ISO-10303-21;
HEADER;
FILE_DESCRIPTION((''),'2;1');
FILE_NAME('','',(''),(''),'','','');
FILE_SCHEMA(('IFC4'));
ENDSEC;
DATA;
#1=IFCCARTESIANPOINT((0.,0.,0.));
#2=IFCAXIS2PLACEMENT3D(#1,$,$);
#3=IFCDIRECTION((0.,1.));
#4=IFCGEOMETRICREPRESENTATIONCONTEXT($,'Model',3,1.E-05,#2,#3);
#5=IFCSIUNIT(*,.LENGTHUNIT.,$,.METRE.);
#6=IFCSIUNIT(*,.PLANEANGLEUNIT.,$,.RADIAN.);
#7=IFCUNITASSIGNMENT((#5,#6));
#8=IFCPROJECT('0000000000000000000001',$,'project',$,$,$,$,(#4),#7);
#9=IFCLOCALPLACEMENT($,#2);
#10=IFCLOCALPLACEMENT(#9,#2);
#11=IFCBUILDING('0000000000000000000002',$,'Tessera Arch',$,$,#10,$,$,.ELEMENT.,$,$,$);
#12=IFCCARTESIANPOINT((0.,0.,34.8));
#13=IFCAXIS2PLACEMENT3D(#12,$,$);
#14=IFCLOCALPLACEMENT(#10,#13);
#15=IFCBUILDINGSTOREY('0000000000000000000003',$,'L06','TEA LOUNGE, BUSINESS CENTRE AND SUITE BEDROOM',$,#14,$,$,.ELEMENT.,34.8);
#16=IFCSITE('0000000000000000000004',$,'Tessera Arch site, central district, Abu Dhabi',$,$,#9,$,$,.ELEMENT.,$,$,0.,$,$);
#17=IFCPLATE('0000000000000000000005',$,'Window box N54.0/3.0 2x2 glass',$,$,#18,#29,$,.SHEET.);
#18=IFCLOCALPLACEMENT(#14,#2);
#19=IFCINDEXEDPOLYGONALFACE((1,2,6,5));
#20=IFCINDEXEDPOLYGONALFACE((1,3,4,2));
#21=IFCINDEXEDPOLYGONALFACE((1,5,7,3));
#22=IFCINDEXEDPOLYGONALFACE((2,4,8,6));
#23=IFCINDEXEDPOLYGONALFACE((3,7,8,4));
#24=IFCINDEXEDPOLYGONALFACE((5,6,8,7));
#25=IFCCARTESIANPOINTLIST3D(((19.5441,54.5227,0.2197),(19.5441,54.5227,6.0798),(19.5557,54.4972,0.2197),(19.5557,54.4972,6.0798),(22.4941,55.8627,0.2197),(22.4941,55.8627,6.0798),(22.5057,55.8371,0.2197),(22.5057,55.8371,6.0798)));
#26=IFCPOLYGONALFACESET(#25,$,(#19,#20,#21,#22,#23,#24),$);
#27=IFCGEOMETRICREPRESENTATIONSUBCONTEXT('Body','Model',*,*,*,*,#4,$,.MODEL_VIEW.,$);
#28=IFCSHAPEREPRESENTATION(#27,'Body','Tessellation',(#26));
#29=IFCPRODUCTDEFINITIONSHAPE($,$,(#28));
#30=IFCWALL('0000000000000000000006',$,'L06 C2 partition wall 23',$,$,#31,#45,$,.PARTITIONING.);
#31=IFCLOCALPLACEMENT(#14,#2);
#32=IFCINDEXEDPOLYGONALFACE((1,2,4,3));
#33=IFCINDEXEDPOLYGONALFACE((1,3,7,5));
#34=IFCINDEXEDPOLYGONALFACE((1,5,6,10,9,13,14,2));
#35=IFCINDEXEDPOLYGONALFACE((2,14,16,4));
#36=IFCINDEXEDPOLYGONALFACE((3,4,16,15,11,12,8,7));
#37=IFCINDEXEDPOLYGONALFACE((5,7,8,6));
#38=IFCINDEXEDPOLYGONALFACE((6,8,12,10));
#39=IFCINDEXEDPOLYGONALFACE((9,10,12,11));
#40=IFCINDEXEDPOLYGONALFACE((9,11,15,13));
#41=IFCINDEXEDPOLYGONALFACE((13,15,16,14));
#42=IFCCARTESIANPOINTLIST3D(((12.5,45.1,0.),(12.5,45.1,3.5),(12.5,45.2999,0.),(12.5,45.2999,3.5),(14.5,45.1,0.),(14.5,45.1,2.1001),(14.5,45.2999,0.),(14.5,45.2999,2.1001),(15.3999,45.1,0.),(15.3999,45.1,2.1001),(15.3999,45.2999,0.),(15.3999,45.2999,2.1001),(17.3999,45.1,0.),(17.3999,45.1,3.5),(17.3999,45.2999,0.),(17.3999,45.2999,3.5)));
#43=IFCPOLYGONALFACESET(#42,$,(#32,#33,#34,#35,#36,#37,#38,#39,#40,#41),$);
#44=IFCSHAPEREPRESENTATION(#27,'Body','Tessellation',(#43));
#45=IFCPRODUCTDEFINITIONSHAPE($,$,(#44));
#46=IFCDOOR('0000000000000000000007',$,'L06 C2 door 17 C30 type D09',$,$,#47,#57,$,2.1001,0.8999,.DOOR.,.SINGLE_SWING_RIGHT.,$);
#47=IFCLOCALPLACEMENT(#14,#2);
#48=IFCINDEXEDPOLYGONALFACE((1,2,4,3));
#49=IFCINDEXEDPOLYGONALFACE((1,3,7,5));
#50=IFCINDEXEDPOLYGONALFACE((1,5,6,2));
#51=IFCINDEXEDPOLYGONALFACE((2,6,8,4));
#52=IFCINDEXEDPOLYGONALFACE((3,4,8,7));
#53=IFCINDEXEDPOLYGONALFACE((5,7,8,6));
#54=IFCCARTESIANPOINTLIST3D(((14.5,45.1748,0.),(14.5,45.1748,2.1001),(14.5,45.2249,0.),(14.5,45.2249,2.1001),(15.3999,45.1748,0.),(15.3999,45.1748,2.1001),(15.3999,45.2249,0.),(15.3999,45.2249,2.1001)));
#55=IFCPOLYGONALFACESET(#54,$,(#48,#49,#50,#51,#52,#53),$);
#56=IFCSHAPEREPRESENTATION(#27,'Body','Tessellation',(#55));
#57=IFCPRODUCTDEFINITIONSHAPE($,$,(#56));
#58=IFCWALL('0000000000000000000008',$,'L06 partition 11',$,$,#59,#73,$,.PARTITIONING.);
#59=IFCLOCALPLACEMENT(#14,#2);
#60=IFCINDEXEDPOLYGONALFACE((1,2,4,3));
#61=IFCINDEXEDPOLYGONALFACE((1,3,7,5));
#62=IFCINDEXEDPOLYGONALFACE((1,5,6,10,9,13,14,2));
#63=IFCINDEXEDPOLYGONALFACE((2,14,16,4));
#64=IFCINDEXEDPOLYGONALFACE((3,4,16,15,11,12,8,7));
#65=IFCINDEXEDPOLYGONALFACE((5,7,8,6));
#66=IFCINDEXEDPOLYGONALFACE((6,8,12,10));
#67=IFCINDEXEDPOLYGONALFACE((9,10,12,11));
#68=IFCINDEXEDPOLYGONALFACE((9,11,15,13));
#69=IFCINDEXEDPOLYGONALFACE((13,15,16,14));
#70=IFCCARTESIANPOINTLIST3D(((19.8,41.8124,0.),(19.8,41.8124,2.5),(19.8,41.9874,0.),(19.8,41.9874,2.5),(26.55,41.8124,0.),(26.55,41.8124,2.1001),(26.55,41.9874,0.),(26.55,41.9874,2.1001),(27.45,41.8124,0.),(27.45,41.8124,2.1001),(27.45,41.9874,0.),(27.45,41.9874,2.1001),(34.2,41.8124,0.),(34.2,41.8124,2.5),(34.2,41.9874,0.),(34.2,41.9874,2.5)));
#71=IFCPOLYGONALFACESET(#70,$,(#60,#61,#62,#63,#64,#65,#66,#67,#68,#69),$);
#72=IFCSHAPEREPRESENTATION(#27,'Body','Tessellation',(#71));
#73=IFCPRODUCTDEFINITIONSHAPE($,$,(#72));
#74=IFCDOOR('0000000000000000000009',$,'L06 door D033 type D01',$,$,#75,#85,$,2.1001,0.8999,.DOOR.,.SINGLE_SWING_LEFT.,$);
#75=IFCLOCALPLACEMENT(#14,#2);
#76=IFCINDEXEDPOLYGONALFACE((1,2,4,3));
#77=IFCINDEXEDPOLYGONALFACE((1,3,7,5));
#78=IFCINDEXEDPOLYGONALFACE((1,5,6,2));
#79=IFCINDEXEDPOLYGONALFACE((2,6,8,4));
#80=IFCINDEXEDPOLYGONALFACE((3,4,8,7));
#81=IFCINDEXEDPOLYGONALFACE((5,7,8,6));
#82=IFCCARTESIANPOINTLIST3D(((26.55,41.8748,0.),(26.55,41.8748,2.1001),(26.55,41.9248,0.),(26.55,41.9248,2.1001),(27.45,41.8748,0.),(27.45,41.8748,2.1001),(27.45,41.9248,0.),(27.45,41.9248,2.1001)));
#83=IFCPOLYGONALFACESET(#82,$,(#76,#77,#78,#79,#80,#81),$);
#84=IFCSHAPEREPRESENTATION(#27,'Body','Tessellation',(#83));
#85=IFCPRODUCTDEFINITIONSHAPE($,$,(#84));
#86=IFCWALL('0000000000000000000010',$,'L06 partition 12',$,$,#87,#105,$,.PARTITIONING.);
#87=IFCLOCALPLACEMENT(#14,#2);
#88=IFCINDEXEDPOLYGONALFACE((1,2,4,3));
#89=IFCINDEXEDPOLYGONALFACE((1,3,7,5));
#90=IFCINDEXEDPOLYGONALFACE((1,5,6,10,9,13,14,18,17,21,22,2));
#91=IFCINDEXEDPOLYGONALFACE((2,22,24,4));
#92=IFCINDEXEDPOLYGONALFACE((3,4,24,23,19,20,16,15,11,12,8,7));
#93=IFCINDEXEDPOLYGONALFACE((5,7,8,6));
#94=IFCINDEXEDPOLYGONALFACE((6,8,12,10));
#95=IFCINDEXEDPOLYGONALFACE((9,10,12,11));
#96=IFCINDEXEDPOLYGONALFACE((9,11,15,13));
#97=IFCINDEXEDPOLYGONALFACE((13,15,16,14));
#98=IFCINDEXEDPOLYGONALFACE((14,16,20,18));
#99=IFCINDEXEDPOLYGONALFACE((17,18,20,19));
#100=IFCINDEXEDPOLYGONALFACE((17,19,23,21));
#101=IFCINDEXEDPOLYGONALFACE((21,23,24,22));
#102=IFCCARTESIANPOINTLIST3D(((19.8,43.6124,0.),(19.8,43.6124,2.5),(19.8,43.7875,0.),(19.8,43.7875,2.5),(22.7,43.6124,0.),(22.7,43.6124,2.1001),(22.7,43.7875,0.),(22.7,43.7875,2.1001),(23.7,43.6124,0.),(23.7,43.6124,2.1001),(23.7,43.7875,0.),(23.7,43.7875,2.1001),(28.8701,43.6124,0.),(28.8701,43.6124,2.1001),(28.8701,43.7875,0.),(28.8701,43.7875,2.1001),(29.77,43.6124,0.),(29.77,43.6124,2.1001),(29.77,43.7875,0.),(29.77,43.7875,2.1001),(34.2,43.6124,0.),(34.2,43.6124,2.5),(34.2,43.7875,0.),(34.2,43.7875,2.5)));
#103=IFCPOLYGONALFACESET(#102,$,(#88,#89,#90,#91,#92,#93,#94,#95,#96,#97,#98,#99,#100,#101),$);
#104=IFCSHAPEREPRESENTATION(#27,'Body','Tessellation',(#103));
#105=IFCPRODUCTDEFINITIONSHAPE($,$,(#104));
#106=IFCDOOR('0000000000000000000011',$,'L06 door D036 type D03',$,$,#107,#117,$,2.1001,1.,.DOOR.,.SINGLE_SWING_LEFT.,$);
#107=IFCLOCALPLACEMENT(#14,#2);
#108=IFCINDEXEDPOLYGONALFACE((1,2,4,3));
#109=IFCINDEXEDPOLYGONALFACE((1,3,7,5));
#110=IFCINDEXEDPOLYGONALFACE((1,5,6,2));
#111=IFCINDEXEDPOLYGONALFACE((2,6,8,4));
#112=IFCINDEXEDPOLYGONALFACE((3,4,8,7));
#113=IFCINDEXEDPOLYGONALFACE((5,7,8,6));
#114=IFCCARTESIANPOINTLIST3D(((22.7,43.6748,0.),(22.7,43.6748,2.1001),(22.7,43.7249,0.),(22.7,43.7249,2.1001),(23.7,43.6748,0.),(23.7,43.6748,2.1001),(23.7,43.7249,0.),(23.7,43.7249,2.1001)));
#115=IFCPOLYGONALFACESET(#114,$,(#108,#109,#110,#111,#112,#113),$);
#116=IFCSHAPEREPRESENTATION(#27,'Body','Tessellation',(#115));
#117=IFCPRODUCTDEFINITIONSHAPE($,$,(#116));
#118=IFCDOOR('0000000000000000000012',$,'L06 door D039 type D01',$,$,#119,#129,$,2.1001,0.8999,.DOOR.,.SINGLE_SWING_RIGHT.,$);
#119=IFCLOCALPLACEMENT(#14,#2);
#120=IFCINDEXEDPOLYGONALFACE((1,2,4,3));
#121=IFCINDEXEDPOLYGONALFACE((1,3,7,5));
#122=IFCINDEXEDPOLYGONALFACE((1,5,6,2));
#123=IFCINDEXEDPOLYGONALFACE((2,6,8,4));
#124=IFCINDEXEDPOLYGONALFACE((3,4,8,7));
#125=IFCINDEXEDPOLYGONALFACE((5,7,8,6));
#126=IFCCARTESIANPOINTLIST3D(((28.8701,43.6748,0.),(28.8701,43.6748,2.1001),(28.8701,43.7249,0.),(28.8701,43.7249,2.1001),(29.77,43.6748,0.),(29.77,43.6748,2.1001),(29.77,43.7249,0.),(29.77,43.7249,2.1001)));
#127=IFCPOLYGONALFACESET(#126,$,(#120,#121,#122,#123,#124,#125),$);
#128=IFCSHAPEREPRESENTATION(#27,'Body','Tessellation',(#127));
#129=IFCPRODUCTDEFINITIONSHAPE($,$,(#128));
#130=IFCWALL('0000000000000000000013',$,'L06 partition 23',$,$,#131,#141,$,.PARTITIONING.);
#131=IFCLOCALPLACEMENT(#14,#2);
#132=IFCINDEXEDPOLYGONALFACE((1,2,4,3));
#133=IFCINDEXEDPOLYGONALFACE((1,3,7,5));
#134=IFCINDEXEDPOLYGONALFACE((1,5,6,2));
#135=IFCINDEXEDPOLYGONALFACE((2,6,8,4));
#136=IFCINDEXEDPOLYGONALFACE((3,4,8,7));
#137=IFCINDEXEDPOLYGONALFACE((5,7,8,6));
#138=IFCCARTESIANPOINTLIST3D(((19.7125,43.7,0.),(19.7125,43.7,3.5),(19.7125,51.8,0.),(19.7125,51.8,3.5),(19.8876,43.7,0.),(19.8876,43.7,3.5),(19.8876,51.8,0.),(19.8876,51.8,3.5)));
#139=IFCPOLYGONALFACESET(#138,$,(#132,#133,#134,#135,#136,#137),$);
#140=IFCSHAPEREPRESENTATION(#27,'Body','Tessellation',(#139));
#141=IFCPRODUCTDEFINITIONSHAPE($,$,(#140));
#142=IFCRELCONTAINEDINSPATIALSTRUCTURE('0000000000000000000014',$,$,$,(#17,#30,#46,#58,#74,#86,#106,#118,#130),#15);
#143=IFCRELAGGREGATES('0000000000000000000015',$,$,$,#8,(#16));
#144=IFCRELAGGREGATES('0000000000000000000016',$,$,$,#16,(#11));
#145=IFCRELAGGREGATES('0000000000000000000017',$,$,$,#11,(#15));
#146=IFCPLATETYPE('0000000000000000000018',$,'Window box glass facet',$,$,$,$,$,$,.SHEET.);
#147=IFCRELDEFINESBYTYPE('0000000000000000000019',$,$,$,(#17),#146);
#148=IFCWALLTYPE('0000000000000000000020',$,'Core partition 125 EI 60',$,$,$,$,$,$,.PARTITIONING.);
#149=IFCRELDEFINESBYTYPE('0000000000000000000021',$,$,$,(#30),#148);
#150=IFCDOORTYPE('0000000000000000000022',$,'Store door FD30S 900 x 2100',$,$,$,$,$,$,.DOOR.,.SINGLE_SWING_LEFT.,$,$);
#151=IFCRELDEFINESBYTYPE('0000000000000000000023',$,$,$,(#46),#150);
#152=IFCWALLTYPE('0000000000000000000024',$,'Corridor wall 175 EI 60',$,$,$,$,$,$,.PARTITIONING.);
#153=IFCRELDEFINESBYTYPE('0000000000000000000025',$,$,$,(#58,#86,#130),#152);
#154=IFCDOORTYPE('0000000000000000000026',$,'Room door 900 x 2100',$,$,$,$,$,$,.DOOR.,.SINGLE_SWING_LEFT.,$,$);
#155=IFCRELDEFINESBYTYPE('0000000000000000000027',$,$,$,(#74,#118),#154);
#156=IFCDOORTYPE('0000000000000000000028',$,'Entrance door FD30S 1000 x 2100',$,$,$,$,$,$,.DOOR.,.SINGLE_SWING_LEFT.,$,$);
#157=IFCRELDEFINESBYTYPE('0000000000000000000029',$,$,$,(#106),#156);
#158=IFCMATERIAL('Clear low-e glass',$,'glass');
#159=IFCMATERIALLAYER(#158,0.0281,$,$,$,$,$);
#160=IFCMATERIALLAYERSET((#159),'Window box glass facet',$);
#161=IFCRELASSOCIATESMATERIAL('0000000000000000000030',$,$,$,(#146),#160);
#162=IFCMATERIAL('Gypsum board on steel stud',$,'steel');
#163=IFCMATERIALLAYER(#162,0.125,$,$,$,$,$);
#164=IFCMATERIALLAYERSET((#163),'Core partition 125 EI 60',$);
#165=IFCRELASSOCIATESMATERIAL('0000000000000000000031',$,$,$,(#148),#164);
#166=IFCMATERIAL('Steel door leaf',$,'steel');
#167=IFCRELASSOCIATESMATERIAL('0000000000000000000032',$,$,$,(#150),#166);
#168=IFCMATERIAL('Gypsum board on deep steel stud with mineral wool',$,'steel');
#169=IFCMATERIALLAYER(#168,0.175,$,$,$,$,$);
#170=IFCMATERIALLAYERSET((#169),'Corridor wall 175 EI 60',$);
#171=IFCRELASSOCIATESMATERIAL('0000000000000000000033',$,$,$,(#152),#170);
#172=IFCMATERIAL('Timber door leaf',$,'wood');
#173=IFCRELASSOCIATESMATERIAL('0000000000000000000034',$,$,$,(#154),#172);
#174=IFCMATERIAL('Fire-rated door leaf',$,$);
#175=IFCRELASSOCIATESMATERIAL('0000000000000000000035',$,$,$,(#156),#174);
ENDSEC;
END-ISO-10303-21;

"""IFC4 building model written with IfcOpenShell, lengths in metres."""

from ifc_helpers import new_model, si_unit, direction, frame, frame_2d, origin, origin_2d, place, context, subcontext, project, spatial, rectangle, extrude, material, layer, layer_set, type_object, element, fill, save


model = new_model("IFC4")

# Units and contexts
model_context = context("Model", 3, precision=1e-05, world=origin(), true_north=direction((0.0, 1.0)))
body_context = subcontext(model_context, "Body", "Model", "MODEL_VIEW")
ifc_project = project(units=[si_unit("LENGTHUNIT", "METRE"), si_unit("PLANEANGLEUNIT", "RADIAN")], contexts=[model_context])

# Site, building, storey
site_placement = place(None, origin())
site = spatial("IfcSite", under=ifc_project, at=site_placement, Name="Tessera Arch site, central district, Abu Dhabi", CompositionType="ELEMENT", RefElevation=0.0)
building_placement = place(site_placement, origin())
building = spatial("IfcBuilding", under=site, at=building_placement, Name="Tessera Arch", CompositionType="ELEMENT")
storey_placement = place(building_placement, frame((0.0, 0.0, 34.8)))
storey = spatial("IfcBuildingStorey", under=building, at=storey_placement, Name="L06", Description="TEA LOUNGE, BUSINESS CENTRE AND SUITE BEDROOM", CompositionType="ELEMENT", Elevation=34.8)

# Plate
ifc_material_1 = material(Name="Clear low-e glass", Category="glass")
ifc_layer_1 = layer(ifc_material_1, 0.0281)
ifc_layer_set_1 = layer_set([ifc_layer_1], Name="Window box glass facet")
plate_type_1 = type_object("IfcPlateType", Name="Window box glass facet", PredefinedType="SHEET", material=ifc_layer_set_1)
plate_1_placement = place(storey_placement, frame((21.0249, 55.1799, 0.2197), z_axis=(0.0, 0.0, 1.0), x_axis=(0.910472, 0.41357, 0.0)))
element("IfcPlate", 1, at=plate_1_placement, inside=storey, type_object=plate_type_1, Name="Window box N54.0/3.0 2x2 glass", PredefinedType="SHEET", context=body_context, shape_type="SweptSolid", body=[
    extrude(rectangle(XDim=3.24, YDim=0.0281, at=origin_2d()), origin(), (0.0, 0.0, 1.0), 5.8601),
])

# Walls, openings, doors
ifc_material_2 = material(Name="Gypsum board on steel stud", Category="steel")
ifc_layer_2 = layer(ifc_material_2, 0.125)
ifc_layer_set_2 = layer_set([ifc_layer_2], Name="Core partition 125 EI 60")
wall_type_1 = type_object("IfcWallType", Name="Core partition 125 EI 60", PredefinedType="PARTITIONING", material=ifc_layer_set_2)
wall_1_placement = place(storey_placement, frame((12.5, 45.2, 0.0), z_axis=(0.0, 0.0, 1.0), x_axis=(1.0, 0.0, 0.0)))
wall_1 = element("IfcWall", 2, at=wall_1_placement, inside=storey, type_object=wall_type_1, Name="L06 C2 partition wall 23", PredefinedType="PARTITIONING", context=body_context, shape_type="SweptSolid", body=[
    extrude(rectangle(XDim=4.8999, YDim=0.2, at=frame_2d((2.45, 0.0))), origin(), (0.0, 0.0, 1.0), 3.5),
])
opening_1_placement = place(wall_1_placement, frame((2.0, 0.0, 0.0)))
opening_1 = element("IfcOpeningElement", 3, at=opening_1_placement, cuts=wall_1, PredefinedType="OPENING", context=body_context, shape_type="SweptSolid", body=[
    extrude(rectangle(XDim=0.8999, YDim=2.1001, at=frame_2d((0.45, 1.05))), frame((0.0, 0.1099, 0.0), z_axis=(0.0, -1.0, 0.0), x_axis=(1.0, 0.0, 0.0)), (0.0, 0.0, 1.0), 0.22),
])
ifc_material_3 = material(Name="Steel door leaf", Category="steel")
door_type_1 = type_object("IfcDoorType", Name="Store door FD30S 900 x 2100", OperationType="SINGLE_SWING_LEFT", PredefinedType="DOOR", material=ifc_material_3)
door_1_placement = place(opening_1_placement, origin())
door_1 = element("IfcDoor", 4, at=door_1_placement, inside=storey, type_object=door_type_1, Name="L06 C2 door 17 C30 type D09", OperationType="SINGLE_SWING_RIGHT", OverallHeight=2.1001, OverallWidth=0.8999, PredefinedType="DOOR", context=body_context, shape_type="SweptSolid", body=[
    extrude(rectangle(XDim=0.8999, YDim=2.1001, at=frame_2d((0.45, 1.05))), frame((0.0, 0.0249, 0.0), z_axis=(0.0, -1.0, 0.0), x_axis=(1.0, 0.0, 0.0)), (0.0, 0.0, 1.0), 0.05),
])
fill(opening_1, door_1)
ifc_material_4 = material(Name="Gypsum board on deep steel stud with mineral wool", Category="steel")
ifc_layer_3 = layer(ifc_material_4, 0.175)
ifc_layer_set_3 = layer_set([ifc_layer_3], Name="Corridor wall 175 EI 60")
wall_type_2 = type_object("IfcWallType", Name="Corridor wall 175 EI 60", PredefinedType="PARTITIONING", material=ifc_layer_set_3)
wall_2_placement = place(storey_placement, frame((19.8, 41.8999, 0.0), z_axis=(0.0, 0.0, 1.0), x_axis=(1.0, 0.0, 0.0)))
wall_2 = element("IfcWall", 5, at=wall_2_placement, inside=storey, type_object=wall_type_2, Name="L06 partition 11", PredefinedType="PARTITIONING", context=body_context, shape_type="SweptSolid", body=[
    extrude(rectangle(XDim=14.3999, YDim=0.175, at=frame_2d((7.2, 0.0))), origin(), (0.0, 0.0, 1.0), 2.5),
])
opening_2_placement = place(wall_2_placement, frame((6.75, 0.0, 0.0)))
opening_2 = element("IfcOpeningElement", 6, at=opening_2_placement, cuts=wall_2, PredefinedType="OPENING", context=body_context, shape_type="SweptSolid", body=[
    extrude(rectangle(XDim=0.8999, YDim=2.1001, at=frame_2d((0.45, 1.05))), frame((0.0, 0.0974, 0.0), z_axis=(0.0, -1.0, 0.0), x_axis=(1.0, 0.0, 0.0)), (0.0, 0.0, 1.0), 0.1951),
])
ifc_material_5 = material(Name="Timber door leaf", Category="wood")
door_type_2 = type_object("IfcDoorType", Name="Room door 900 x 2100", OperationType="SINGLE_SWING_LEFT", PredefinedType="DOOR", material=ifc_material_5)
door_2_placement = place(opening_2_placement, origin())
door_2 = element("IfcDoor", 7, at=door_2_placement, inside=storey, type_object=door_type_2, Name="L06 door D033 type D01", OperationType="SINGLE_SWING_LEFT", OverallHeight=2.1001, OverallWidth=0.8999, PredefinedType="DOOR", context=body_context, shape_type="SweptSolid", body=[
    extrude(rectangle(XDim=0.8999, YDim=2.1001, at=frame_2d((0.45, 1.05))), frame((0.0, 0.0249, 0.0), z_axis=(0.0, -1.0, 0.0), x_axis=(1.0, 0.0, 0.0)), (0.0, 0.0, 1.0), 0.05),
])
fill(opening_2, door_2)

# Wall, openings, doors
wall_3_placement = place(storey_placement, frame((19.8, 43.7, 0.0), z_axis=(0.0, 0.0, 1.0), x_axis=(1.0, 0.0, 0.0)))
wall_3 = element("IfcWall", 8, at=wall_3_placement, inside=storey, type_object=wall_type_2, Name="L06 partition 12", PredefinedType="PARTITIONING", context=body_context, shape_type="SweptSolid", body=[
    extrude(rectangle(XDim=14.3999, YDim=0.175, at=frame_2d((7.2, 0.0))), origin(), (0.0, 0.0, 1.0), 2.5),
])
opening_3_placement = place(wall_3_placement, frame((2.8999, 0.0, 0.0)))
opening_3 = element("IfcOpeningElement", 9, at=opening_3_placement, cuts=wall_3, PredefinedType="OPENING", context=body_context, shape_type="SweptSolid", body=[
    extrude(rectangle(XDim=1.0, YDim=2.1001, at=frame_2d((0.5, 1.05))), frame((0.0, 0.0974, 0.0), z_axis=(0.0, -1.0, 0.0), x_axis=(1.0, 0.0, 0.0)), (0.0, 0.0, 1.0), 0.1951),
])
opening_4_placement = place(wall_3_placement, frame((9.0701, 0.0, 0.0)))
opening_4 = element("IfcOpeningElement", 10, at=opening_4_placement, cuts=wall_3, PredefinedType="OPENING", context=body_context, shape_type="SweptSolid", body=[
    extrude(rectangle(XDim=0.8999, YDim=2.1001, at=frame_2d((0.45, 1.05))), frame((0.0, 0.0974, 0.0), z_axis=(0.0, -1.0, 0.0), x_axis=(1.0, 0.0, 0.0)), (0.0, 0.0, 1.0), 0.1951),
])
ifc_material_6 = material(Name="Fire-rated door leaf")
door_type_3 = type_object("IfcDoorType", Name="Entrance door FD30S 1000 x 2100", OperationType="SINGLE_SWING_LEFT", PredefinedType="DOOR", material=ifc_material_6)
door_3_placement = place(opening_3_placement, origin())
door_3 = element("IfcDoor", 11, at=door_3_placement, inside=storey, type_object=door_type_3, Name="L06 door D036 type D03", OperationType="SINGLE_SWING_LEFT", OverallHeight=2.1001, OverallWidth=1.0, PredefinedType="DOOR", context=body_context, shape_type="SweptSolid", body=[
    extrude(rectangle(XDim=1.0, YDim=2.1001, at=frame_2d((0.5, 1.05))), frame((0.0, 0.0249, 0.0), z_axis=(0.0, -1.0, 0.0), x_axis=(1.0, 0.0, 0.0)), (0.0, 0.0, 1.0), 0.05),
])
fill(opening_3, door_3)
door_4_placement = place(opening_4_placement, origin())
door_4 = element("IfcDoor", 12, at=door_4_placement, inside=storey, type_object=door_type_2, Name="L06 door D039 type D01", OperationType="SINGLE_SWING_RIGHT", OverallHeight=2.1001, OverallWidth=0.8999, PredefinedType="DOOR", context=body_context, shape_type="SweptSolid", body=[
    extrude(rectangle(XDim=0.8999, YDim=2.1001, at=frame_2d((0.45, 1.05))), frame((0.0, 0.0249, 0.0), z_axis=(0.0, -1.0, 0.0), x_axis=(1.0, 0.0, 0.0)), (0.0, 0.0, 1.0), 0.05),
])
fill(opening_4, door_4)

# Wall
wall_4_placement = place(storey_placement, frame((19.8, 43.7, 0.0), z_axis=(0.0, 0.0, 1.0), x_axis=(0.0, 1.0, 0.0)))
element("IfcWall", 13, at=wall_4_placement, inside=storey, type_object=wall_type_2, Name="L06 partition 23", PredefinedType="PARTITIONING", context=body_context, shape_type="SweptSolid", body=[
    extrude(rectangle(XDim=8.1001, YDim=0.175, at=frame_2d((4.05, 0.0))), origin(), (0.0, 0.0, 1.0), 3.5),
])

save(model, "model.ifc")
